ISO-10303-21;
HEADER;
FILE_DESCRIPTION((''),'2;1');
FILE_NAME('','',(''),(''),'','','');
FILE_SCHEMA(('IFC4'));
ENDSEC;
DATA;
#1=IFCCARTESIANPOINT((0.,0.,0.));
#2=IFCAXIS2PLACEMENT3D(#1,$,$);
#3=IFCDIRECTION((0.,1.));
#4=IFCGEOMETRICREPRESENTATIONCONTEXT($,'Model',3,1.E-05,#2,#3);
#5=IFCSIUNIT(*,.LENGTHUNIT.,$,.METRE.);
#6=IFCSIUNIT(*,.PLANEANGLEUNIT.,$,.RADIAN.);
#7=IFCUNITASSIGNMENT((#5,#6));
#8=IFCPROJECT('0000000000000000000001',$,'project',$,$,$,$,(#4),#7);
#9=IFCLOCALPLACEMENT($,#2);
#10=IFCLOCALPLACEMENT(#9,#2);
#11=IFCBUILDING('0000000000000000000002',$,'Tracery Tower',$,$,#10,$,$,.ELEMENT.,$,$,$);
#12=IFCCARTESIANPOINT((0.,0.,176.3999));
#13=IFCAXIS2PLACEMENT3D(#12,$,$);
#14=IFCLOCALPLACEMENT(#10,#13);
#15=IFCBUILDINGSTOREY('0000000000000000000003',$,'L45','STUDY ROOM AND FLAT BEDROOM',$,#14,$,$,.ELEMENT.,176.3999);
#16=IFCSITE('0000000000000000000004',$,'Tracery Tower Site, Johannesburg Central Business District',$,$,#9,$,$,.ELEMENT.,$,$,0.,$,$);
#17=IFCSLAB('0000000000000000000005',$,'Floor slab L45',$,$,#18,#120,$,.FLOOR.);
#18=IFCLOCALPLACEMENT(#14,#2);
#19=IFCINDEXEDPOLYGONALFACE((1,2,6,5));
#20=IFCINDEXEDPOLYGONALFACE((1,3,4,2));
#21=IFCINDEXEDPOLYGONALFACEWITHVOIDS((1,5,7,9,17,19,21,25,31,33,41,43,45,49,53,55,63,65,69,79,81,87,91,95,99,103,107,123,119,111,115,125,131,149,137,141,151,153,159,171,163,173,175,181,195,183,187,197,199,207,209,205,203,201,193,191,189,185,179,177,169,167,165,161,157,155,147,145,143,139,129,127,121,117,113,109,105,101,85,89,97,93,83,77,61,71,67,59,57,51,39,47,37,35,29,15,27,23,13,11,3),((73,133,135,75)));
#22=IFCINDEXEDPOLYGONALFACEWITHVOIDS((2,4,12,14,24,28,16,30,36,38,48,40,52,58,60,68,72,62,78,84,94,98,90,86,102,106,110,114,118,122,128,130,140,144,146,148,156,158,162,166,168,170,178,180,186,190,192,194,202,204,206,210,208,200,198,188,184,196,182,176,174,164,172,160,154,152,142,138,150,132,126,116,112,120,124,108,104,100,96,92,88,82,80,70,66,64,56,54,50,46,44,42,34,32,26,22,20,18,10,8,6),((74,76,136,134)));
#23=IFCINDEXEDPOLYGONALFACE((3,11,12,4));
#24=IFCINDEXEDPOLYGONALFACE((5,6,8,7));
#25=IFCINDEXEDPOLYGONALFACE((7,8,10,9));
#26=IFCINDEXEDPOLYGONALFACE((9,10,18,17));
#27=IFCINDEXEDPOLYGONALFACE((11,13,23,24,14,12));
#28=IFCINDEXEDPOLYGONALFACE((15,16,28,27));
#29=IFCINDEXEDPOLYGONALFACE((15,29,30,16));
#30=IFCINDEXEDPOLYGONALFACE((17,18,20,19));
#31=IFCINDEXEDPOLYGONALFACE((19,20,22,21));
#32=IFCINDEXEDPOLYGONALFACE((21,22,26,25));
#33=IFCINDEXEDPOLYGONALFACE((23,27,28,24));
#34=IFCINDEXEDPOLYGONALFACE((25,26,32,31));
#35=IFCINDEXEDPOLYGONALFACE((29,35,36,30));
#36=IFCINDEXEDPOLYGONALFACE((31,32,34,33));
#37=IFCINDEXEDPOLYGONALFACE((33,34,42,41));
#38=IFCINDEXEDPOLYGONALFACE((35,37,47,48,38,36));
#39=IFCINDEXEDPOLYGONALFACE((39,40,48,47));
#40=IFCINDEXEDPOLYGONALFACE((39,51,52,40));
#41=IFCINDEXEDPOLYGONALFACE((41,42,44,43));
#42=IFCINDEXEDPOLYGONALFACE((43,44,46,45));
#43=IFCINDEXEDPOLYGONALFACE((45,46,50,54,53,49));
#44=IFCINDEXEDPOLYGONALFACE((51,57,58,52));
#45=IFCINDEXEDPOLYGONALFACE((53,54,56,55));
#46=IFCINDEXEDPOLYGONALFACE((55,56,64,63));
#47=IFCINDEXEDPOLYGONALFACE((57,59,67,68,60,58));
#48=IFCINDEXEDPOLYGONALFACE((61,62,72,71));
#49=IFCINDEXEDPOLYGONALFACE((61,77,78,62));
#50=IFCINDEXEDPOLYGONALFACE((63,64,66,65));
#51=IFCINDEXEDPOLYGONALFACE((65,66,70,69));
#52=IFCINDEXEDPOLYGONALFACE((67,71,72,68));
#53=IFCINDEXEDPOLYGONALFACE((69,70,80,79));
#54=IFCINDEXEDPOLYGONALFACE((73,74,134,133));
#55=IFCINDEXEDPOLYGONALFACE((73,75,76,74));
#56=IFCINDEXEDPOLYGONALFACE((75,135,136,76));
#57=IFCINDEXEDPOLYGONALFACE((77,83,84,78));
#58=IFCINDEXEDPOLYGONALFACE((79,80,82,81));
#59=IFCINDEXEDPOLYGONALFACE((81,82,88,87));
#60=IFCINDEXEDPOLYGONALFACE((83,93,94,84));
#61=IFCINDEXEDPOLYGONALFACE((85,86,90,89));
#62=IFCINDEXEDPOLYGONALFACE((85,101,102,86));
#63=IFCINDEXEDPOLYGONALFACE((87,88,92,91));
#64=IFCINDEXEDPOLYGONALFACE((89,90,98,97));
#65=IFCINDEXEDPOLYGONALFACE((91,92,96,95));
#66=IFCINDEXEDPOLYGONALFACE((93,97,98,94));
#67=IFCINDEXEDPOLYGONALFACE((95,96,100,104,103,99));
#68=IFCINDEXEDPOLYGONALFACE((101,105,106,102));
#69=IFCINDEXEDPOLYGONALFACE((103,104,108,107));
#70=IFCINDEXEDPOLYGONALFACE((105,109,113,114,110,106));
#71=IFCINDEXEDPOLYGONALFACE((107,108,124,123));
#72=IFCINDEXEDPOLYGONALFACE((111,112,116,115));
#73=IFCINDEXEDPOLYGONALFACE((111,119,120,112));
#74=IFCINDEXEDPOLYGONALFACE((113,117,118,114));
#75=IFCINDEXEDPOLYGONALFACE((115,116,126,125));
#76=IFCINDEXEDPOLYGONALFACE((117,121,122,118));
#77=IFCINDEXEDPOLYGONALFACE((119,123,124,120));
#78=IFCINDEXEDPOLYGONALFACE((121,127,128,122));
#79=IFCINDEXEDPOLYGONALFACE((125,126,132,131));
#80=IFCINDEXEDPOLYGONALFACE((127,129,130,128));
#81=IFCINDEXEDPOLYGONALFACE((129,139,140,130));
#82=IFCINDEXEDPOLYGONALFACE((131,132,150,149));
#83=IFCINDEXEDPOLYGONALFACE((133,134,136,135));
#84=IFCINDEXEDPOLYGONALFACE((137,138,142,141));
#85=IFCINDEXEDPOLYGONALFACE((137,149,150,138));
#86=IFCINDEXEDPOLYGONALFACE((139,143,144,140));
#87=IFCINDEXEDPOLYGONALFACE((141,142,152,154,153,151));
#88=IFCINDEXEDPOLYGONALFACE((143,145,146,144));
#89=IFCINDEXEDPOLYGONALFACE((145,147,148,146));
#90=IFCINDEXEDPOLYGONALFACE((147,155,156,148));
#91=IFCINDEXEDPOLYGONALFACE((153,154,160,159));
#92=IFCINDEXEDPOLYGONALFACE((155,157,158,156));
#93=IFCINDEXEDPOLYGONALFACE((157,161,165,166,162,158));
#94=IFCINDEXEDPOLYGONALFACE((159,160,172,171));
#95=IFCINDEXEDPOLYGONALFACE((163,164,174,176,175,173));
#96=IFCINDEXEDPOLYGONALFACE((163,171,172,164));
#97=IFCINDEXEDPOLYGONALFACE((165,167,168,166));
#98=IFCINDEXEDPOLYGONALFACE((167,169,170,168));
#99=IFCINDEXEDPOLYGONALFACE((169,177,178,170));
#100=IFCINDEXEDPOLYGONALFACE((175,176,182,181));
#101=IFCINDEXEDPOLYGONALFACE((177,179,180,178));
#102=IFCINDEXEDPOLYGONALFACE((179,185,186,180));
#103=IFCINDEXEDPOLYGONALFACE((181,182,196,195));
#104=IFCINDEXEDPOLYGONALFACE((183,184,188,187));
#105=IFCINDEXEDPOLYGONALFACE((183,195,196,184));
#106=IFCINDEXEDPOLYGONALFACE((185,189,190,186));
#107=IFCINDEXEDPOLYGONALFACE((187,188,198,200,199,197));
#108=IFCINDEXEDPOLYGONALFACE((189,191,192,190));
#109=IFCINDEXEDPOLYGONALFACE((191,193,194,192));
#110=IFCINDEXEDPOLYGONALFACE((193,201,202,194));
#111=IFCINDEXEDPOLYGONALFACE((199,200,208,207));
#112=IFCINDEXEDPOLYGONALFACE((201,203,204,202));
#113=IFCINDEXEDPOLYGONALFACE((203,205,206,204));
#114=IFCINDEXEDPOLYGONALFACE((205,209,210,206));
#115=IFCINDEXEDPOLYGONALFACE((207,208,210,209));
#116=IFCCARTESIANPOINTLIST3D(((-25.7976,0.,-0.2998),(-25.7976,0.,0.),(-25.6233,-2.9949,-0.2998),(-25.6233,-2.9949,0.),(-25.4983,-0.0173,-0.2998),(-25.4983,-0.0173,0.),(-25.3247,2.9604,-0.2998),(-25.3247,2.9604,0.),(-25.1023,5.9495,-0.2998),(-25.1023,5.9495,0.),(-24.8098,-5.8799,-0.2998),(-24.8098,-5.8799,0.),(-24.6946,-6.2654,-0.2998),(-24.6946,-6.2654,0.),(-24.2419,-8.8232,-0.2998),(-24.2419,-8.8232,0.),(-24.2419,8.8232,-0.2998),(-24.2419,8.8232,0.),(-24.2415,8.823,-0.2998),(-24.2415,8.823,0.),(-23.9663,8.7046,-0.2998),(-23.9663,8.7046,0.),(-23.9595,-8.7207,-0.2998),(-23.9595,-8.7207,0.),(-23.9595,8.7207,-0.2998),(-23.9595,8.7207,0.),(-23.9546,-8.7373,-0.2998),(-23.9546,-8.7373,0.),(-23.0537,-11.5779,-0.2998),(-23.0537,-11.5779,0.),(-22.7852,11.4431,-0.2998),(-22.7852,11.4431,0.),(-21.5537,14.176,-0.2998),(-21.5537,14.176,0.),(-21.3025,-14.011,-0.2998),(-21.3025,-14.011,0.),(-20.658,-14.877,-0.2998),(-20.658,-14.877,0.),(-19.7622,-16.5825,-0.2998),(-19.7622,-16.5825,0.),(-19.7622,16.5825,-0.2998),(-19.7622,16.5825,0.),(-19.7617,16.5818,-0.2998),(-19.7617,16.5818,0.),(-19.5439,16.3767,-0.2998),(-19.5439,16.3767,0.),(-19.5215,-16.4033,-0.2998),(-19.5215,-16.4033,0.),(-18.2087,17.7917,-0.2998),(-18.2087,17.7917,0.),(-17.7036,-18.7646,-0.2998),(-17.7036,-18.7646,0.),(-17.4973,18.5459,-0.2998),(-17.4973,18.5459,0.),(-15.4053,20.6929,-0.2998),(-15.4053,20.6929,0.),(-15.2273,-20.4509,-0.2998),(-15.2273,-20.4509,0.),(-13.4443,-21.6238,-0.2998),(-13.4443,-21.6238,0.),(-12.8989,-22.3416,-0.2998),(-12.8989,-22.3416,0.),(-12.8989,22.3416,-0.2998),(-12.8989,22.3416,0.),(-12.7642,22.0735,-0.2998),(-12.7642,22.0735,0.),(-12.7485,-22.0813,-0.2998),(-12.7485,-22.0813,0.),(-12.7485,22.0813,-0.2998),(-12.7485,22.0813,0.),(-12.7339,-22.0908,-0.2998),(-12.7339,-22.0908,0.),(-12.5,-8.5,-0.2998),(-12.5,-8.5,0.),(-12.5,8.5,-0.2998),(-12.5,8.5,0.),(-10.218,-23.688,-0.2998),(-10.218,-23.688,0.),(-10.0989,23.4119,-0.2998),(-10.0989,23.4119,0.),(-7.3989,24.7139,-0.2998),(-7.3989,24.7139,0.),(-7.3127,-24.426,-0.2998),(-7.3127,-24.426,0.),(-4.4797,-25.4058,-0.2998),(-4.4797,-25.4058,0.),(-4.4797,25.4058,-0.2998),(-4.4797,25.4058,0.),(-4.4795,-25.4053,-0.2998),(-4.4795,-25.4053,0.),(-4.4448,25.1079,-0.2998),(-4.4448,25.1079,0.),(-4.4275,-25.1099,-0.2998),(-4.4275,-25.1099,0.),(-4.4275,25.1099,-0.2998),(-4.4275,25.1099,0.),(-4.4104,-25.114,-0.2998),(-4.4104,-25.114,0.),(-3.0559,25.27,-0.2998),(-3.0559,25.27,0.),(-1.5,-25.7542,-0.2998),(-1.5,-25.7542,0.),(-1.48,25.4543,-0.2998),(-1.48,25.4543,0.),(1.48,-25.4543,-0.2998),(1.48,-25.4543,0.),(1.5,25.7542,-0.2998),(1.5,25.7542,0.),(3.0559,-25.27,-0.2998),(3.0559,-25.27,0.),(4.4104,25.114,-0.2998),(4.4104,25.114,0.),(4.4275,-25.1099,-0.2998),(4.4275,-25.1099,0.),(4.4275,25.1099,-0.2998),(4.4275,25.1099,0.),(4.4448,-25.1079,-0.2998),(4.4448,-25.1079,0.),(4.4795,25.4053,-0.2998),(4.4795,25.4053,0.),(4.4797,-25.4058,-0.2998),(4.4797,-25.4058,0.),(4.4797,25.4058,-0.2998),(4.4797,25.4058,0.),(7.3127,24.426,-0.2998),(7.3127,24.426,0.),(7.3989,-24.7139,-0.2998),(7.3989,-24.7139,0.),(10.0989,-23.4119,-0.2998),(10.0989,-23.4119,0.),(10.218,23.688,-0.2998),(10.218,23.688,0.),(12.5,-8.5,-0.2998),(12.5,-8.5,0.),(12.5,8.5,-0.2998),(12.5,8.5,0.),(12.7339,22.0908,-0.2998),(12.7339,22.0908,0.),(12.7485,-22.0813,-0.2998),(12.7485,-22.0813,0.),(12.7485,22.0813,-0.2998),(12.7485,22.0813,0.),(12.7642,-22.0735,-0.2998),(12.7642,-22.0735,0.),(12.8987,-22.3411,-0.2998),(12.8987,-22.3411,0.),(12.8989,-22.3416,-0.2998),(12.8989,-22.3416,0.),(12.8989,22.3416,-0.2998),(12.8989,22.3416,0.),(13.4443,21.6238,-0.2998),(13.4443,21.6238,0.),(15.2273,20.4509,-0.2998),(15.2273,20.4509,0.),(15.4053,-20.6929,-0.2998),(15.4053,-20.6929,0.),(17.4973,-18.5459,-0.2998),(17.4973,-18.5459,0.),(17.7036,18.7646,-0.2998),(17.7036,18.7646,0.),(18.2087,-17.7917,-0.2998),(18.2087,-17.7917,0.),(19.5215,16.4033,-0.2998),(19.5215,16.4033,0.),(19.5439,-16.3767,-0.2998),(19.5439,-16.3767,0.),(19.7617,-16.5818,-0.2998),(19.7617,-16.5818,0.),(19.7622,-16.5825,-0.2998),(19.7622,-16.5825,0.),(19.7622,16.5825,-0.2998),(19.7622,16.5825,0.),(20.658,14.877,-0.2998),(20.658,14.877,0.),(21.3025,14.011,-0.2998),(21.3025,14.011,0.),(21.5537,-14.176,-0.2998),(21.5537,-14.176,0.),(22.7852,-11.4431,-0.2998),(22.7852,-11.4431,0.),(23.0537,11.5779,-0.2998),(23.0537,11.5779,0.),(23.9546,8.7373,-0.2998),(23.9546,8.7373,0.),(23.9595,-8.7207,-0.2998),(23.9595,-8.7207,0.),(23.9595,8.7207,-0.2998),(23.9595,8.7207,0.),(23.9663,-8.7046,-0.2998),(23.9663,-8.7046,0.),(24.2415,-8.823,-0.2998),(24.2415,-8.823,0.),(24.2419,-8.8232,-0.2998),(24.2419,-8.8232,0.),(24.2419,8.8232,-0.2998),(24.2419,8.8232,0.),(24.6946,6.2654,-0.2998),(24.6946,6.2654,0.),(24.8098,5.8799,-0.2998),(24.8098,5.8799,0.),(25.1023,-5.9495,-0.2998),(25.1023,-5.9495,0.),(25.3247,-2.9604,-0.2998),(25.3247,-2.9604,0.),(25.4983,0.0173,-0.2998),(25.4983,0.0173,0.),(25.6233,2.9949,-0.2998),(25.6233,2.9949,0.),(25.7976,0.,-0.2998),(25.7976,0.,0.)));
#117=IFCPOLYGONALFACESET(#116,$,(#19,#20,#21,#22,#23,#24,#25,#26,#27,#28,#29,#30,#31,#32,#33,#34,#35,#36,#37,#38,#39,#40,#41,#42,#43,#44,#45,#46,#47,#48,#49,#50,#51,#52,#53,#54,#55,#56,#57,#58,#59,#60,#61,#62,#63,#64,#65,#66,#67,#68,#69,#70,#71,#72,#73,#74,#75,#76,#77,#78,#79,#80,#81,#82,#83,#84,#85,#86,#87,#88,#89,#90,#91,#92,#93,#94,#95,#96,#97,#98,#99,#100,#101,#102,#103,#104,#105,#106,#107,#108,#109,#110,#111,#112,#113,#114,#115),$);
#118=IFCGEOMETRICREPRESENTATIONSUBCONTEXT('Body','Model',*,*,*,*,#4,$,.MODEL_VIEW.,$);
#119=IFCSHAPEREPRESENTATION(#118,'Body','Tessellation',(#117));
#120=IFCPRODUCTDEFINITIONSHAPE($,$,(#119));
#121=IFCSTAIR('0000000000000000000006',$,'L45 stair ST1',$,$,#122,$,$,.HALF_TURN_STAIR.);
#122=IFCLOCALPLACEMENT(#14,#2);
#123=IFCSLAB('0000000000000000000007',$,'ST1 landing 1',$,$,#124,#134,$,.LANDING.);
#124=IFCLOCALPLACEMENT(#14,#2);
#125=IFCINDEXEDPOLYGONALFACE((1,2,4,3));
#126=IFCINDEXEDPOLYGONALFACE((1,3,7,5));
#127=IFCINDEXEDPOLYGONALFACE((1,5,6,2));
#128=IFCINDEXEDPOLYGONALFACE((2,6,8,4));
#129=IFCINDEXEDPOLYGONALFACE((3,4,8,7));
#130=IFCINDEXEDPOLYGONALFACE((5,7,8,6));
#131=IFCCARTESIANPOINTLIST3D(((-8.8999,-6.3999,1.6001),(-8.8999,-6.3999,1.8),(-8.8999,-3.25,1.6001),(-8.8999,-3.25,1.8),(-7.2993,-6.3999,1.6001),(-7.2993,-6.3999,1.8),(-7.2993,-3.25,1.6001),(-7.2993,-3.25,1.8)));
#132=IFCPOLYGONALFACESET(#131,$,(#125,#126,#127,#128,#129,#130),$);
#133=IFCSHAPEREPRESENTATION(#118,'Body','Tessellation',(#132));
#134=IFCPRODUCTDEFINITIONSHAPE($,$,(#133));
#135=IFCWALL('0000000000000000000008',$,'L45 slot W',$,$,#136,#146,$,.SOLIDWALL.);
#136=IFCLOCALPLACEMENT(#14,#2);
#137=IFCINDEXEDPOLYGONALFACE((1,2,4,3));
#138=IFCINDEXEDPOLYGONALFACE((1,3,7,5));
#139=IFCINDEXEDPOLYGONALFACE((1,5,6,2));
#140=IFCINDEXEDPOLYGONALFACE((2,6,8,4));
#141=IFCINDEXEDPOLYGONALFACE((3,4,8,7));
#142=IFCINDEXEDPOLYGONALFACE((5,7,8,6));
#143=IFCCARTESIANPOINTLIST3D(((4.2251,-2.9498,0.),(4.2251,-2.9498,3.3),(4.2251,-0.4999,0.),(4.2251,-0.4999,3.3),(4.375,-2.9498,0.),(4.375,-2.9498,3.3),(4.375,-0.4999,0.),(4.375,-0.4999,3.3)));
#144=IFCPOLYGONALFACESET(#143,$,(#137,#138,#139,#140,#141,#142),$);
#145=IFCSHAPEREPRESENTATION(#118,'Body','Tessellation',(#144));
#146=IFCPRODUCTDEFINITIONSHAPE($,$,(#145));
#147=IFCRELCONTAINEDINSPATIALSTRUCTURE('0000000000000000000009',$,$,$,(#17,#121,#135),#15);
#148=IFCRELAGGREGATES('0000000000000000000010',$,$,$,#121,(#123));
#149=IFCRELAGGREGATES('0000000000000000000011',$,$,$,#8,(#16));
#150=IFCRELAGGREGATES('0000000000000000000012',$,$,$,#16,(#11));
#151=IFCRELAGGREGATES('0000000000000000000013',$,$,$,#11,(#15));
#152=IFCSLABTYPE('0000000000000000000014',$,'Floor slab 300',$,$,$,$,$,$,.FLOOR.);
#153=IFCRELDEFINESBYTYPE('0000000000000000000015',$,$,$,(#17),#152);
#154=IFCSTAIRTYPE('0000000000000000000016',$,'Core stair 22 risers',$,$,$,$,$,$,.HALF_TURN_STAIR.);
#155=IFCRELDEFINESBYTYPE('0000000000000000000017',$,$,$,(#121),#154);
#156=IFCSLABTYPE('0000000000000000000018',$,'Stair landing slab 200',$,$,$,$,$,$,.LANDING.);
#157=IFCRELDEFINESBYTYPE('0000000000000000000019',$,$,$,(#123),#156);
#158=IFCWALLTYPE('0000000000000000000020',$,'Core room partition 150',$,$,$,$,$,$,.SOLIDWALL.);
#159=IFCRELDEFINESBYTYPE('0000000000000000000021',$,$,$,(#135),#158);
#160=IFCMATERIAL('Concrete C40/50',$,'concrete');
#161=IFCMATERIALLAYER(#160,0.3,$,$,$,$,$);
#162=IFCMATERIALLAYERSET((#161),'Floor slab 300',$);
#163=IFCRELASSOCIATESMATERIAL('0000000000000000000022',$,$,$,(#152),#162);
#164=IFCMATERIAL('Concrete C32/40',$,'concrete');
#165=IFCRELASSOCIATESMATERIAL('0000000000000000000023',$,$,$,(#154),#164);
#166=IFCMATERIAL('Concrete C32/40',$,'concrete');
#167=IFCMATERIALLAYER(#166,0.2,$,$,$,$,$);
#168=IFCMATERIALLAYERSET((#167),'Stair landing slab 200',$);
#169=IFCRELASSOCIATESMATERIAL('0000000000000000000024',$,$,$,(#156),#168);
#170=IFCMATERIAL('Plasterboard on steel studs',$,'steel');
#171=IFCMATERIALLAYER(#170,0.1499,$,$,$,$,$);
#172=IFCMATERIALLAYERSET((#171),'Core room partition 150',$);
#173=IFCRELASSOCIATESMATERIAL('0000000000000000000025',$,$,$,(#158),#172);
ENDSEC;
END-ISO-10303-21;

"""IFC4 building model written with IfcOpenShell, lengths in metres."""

from ifc_helpers import new_model, si_unit, direction, frame, frame_2d, origin, place, context, subcontext, project, spatial, polyline, rectangle, outline, extrude, material, layer, layer_set, type_object, element, aggregate, save


model = new_model("IFC4")

# Units and contexts
model_context = context("Model", 3, precision=1e-05, world=origin(), true_north=direction((0.0, 1.0)))
body_context = subcontext(model_context, "Body", "Model", "MODEL_VIEW")
ifc_project = project(units=[si_unit("LENGTHUNIT", "METRE"), si_unit("PLANEANGLEUNIT", "RADIAN")], contexts=[model_context])

# Site, building, storey
site_placement = place(None, origin())
site = spatial("IfcSite", under=ifc_project, at=site_placement, Name="Tracery Tower Site, Johannesburg Central Business District", CompositionType="ELEMENT", RefElevation=0.0)
building_placement = place(site_placement, origin())
building = spatial("IfcBuilding", under=site, at=building_placement, Name="Tracery Tower", CompositionType="ELEMENT")
storey_placement = place(building_placement, frame((0.0, 0.0, 176.3999)))
storey = spatial("IfcBuildingStorey", under=building, at=storey_placement, Name="L45", Description="STUDY ROOM AND FLAT BEDROOM", CompositionType="ELEMENT", Elevation=176.3999)

# Slab
ifc_material_1 = material(Name="Concrete C40/50", Category="concrete")
ifc_layer_1 = layer(ifc_material_1, 0.3)
ifc_layer_set_1 = layer_set([ifc_layer_1], Name="Floor slab 300")
slab_type_1 = type_object("IfcSlabType", Name="Floor slab 300", PredefinedType="FLOOR", material=ifc_layer_set_1)
slab_1_placement = place(storey_placement, frame((0.0, 0.0, -0.2998)))
element("IfcSlab", 1, at=slab_1_placement, inside=storey, type_object=slab_type_1, Name="Floor slab L45", PredefinedType="FLOOR", context=body_context, shape_type="SweptSolid", body=[
    extrude(outline(polyline([(24.8098, 5.8799), (24.6946, 6.2654), (23.9595, 8.7207), (23.9595, 8.7207), (23.9546, 8.7373), (24.2419, 8.8232), (23.0537, 11.5779), (21.3025, 14.011), (20.658, 14.877), (19.5215, 16.4033), (19.7622, 16.5825), (17.7036, 18.7646), (15.2273, 20.4509), (13.4443, 21.6238), (12.7485, 22.0813), (12.7485, 22.0813), (12.7339, 22.0908), (12.8989, 22.3416), (10.218, 23.688), (7.3127, 24.426), (4.4275, 25.1099), (4.4275, 25.1099), (4.4104, 25.114), (4.4795, 25.4053), (4.4797, 25.4058), (1.5, 25.7542), (-1.48, 25.4543), (-3.0559, 25.27), (-4.4275, 25.1099), (-4.4275, 25.1099), (-4.4448, 25.1079), (-4.4797, 25.4058), (-7.3989, 24.7139), (-10.0989, 23.4119), (-12.7485, 22.0813), (-12.7485, 22.0813), (-12.7642, 22.0735), (-12.8989, 22.3416), (-15.4053, 20.6929), (-17.4973, 18.5459), (-18.2087, 17.7917), (-19.5439, 16.3767), (-19.7617, 16.5818), (-19.7622, 16.5825), (-21.5537, 14.176), (-22.7852, 11.4431), (-23.9595, 8.7207), (-23.9595, 8.7207), (-23.9663, 8.7046), (-24.2415, 8.823), (-24.2419, 8.8232), (-25.1023, 5.9495), (-25.3247, 2.9604), (-25.4983, -0.0173), (-25.7976, 0.0), (-25.7976, 0.0), (-25.6233, -2.9949), (-24.8098, -5.8799), (-24.6946, -6.2654), (-23.9595, -8.7207), (-23.9595, -8.7207), (-23.9546, -8.7373), (-24.2419, -8.8232), (-23.0537, -11.5779), (-21.3025, -14.011), (-20.658, -14.877), (-19.5215, -16.4033), (-19.7622, -16.5825), (-17.7036, -18.7646), (-15.2273, -20.4509), (-13.4443, -21.6238), (-12.7485, -22.0813), (-12.7485, -22.0813), (-12.7339, -22.0908), (-12.8989, -22.3416), (-10.218, -23.688), (-7.3127, -24.426), (-4.4275, -25.1099), (-4.4275, -25.1099), (-4.4104, -25.114), (-4.4795, -25.4053), (-4.4797, -25.4058), (-1.5, -25.7542), (1.48, -25.4543), (3.0559, -25.27), (4.4275, -25.1099), (4.4275, -25.1099), (4.4448, -25.1079), (4.4797, -25.4058), (7.3989, -24.7139), (10.0989, -23.4119), (12.7485, -22.0813), (12.7485, -22.0813), (12.7642, -22.0735), (12.8987, -22.3411), (12.8989, -22.3416), (15.4053, -20.6929), (17.4973, -18.5459), (18.2087, -17.7917), (19.5439, -16.3767), (19.7617, -16.5818), (19.7622, -16.5825), (21.5537, -14.176), (22.7852, -11.4431), (23.9595, -8.7207), (23.9595, -8.7207), (23.9663, -8.7046), (24.2415, -8.823), (24.2419, -8.8232), (25.1023, -5.9495), (25.3247, -2.9604), (25.4983, 0.0173), (25.7976, 0.0), (25.6233, 2.9949), (24.8098, 5.8799)]), holes=[polyline([(-12.5, -8.5), (12.5, -8.5), (12.5, 8.5), (-12.5, 8.5), (-12.5, -8.5)])]), origin(), (0.0, 0.0, 1.0), 0.2998),
])

# Stair, slab
ifc_material_2 = material(Name="Concrete C32/40", Category="concrete")
stair_type = type_object("IfcStairType", Name="Core stair 22 risers", PredefinedType="HALF_TURN_STAIR", material=ifc_material_2)
stair_1_placement = place(storey_placement, origin())
stair_1 = element("IfcStair", 2, at=stair_1_placement, inside=storey, type_object=stair_type, Name="L45 stair ST1", PredefinedType="HALF_TURN_STAIR")
ifc_material_3 = material(Name="Concrete C32/40", Category="concrete")
ifc_layer_2 = layer(ifc_material_3, 0.2)
ifc_layer_set_2 = layer_set([ifc_layer_2], Name="Stair landing slab 200")
slab_type_2 = type_object("IfcSlabType", Name="Stair landing slab 200", PredefinedType="LANDING", material=ifc_layer_set_2)
slab_2_placement = place(storey_placement, frame((0.0, 0.0, 1.6001)))
slab_2 = element("IfcSlab", 3, at=slab_2_placement, type_object=slab_type_2, Name="ST1 landing 1", PredefinedType="LANDING", context=body_context, shape_type="SweptSolid", body=[
    extrude(outline(polyline([(-7.2993, -3.25), (-8.8999, -3.25), (-8.8999, -6.3999), (-7.2993, -6.3999), (-7.2993, -3.25)])), origin(), (0.0, 0.0, 1.0), 0.2),
])
aggregate(stair_1, [slab_2])

# Wall
ifc_material_4 = material(Name="Plasterboard on steel studs", Category="steel")
ifc_layer_3 = layer(ifc_material_4, 0.1499)
ifc_layer_set_3 = layer_set([ifc_layer_3], Name="Core room partition 150")
wall_type_1 = type_object("IfcWallType", Name="Core room partition 150", PredefinedType="SOLIDWALL", material=ifc_layer_set_3)
wall_1_placement = place(storey_placement, frame((4.3, -2.95, 0.0), z_axis=(0.0, 0.0, 1.0), x_axis=(0.0, 1.0, 0.0)))
element("IfcWall", 4, at=wall_1_placement, inside=storey, type_object=wall_type_1, Name="L45 slot W", PredefinedType="SOLIDWALL", context=body_context, shape_type="SweptSolid", body=[
    extrude(rectangle(XDim=2.45, YDim=0.1499, at=frame_2d((1.2251, 0.0))), origin(), (0.0, 0.0, 1.0), 3.3),
])

save(model, "model.ifc")
